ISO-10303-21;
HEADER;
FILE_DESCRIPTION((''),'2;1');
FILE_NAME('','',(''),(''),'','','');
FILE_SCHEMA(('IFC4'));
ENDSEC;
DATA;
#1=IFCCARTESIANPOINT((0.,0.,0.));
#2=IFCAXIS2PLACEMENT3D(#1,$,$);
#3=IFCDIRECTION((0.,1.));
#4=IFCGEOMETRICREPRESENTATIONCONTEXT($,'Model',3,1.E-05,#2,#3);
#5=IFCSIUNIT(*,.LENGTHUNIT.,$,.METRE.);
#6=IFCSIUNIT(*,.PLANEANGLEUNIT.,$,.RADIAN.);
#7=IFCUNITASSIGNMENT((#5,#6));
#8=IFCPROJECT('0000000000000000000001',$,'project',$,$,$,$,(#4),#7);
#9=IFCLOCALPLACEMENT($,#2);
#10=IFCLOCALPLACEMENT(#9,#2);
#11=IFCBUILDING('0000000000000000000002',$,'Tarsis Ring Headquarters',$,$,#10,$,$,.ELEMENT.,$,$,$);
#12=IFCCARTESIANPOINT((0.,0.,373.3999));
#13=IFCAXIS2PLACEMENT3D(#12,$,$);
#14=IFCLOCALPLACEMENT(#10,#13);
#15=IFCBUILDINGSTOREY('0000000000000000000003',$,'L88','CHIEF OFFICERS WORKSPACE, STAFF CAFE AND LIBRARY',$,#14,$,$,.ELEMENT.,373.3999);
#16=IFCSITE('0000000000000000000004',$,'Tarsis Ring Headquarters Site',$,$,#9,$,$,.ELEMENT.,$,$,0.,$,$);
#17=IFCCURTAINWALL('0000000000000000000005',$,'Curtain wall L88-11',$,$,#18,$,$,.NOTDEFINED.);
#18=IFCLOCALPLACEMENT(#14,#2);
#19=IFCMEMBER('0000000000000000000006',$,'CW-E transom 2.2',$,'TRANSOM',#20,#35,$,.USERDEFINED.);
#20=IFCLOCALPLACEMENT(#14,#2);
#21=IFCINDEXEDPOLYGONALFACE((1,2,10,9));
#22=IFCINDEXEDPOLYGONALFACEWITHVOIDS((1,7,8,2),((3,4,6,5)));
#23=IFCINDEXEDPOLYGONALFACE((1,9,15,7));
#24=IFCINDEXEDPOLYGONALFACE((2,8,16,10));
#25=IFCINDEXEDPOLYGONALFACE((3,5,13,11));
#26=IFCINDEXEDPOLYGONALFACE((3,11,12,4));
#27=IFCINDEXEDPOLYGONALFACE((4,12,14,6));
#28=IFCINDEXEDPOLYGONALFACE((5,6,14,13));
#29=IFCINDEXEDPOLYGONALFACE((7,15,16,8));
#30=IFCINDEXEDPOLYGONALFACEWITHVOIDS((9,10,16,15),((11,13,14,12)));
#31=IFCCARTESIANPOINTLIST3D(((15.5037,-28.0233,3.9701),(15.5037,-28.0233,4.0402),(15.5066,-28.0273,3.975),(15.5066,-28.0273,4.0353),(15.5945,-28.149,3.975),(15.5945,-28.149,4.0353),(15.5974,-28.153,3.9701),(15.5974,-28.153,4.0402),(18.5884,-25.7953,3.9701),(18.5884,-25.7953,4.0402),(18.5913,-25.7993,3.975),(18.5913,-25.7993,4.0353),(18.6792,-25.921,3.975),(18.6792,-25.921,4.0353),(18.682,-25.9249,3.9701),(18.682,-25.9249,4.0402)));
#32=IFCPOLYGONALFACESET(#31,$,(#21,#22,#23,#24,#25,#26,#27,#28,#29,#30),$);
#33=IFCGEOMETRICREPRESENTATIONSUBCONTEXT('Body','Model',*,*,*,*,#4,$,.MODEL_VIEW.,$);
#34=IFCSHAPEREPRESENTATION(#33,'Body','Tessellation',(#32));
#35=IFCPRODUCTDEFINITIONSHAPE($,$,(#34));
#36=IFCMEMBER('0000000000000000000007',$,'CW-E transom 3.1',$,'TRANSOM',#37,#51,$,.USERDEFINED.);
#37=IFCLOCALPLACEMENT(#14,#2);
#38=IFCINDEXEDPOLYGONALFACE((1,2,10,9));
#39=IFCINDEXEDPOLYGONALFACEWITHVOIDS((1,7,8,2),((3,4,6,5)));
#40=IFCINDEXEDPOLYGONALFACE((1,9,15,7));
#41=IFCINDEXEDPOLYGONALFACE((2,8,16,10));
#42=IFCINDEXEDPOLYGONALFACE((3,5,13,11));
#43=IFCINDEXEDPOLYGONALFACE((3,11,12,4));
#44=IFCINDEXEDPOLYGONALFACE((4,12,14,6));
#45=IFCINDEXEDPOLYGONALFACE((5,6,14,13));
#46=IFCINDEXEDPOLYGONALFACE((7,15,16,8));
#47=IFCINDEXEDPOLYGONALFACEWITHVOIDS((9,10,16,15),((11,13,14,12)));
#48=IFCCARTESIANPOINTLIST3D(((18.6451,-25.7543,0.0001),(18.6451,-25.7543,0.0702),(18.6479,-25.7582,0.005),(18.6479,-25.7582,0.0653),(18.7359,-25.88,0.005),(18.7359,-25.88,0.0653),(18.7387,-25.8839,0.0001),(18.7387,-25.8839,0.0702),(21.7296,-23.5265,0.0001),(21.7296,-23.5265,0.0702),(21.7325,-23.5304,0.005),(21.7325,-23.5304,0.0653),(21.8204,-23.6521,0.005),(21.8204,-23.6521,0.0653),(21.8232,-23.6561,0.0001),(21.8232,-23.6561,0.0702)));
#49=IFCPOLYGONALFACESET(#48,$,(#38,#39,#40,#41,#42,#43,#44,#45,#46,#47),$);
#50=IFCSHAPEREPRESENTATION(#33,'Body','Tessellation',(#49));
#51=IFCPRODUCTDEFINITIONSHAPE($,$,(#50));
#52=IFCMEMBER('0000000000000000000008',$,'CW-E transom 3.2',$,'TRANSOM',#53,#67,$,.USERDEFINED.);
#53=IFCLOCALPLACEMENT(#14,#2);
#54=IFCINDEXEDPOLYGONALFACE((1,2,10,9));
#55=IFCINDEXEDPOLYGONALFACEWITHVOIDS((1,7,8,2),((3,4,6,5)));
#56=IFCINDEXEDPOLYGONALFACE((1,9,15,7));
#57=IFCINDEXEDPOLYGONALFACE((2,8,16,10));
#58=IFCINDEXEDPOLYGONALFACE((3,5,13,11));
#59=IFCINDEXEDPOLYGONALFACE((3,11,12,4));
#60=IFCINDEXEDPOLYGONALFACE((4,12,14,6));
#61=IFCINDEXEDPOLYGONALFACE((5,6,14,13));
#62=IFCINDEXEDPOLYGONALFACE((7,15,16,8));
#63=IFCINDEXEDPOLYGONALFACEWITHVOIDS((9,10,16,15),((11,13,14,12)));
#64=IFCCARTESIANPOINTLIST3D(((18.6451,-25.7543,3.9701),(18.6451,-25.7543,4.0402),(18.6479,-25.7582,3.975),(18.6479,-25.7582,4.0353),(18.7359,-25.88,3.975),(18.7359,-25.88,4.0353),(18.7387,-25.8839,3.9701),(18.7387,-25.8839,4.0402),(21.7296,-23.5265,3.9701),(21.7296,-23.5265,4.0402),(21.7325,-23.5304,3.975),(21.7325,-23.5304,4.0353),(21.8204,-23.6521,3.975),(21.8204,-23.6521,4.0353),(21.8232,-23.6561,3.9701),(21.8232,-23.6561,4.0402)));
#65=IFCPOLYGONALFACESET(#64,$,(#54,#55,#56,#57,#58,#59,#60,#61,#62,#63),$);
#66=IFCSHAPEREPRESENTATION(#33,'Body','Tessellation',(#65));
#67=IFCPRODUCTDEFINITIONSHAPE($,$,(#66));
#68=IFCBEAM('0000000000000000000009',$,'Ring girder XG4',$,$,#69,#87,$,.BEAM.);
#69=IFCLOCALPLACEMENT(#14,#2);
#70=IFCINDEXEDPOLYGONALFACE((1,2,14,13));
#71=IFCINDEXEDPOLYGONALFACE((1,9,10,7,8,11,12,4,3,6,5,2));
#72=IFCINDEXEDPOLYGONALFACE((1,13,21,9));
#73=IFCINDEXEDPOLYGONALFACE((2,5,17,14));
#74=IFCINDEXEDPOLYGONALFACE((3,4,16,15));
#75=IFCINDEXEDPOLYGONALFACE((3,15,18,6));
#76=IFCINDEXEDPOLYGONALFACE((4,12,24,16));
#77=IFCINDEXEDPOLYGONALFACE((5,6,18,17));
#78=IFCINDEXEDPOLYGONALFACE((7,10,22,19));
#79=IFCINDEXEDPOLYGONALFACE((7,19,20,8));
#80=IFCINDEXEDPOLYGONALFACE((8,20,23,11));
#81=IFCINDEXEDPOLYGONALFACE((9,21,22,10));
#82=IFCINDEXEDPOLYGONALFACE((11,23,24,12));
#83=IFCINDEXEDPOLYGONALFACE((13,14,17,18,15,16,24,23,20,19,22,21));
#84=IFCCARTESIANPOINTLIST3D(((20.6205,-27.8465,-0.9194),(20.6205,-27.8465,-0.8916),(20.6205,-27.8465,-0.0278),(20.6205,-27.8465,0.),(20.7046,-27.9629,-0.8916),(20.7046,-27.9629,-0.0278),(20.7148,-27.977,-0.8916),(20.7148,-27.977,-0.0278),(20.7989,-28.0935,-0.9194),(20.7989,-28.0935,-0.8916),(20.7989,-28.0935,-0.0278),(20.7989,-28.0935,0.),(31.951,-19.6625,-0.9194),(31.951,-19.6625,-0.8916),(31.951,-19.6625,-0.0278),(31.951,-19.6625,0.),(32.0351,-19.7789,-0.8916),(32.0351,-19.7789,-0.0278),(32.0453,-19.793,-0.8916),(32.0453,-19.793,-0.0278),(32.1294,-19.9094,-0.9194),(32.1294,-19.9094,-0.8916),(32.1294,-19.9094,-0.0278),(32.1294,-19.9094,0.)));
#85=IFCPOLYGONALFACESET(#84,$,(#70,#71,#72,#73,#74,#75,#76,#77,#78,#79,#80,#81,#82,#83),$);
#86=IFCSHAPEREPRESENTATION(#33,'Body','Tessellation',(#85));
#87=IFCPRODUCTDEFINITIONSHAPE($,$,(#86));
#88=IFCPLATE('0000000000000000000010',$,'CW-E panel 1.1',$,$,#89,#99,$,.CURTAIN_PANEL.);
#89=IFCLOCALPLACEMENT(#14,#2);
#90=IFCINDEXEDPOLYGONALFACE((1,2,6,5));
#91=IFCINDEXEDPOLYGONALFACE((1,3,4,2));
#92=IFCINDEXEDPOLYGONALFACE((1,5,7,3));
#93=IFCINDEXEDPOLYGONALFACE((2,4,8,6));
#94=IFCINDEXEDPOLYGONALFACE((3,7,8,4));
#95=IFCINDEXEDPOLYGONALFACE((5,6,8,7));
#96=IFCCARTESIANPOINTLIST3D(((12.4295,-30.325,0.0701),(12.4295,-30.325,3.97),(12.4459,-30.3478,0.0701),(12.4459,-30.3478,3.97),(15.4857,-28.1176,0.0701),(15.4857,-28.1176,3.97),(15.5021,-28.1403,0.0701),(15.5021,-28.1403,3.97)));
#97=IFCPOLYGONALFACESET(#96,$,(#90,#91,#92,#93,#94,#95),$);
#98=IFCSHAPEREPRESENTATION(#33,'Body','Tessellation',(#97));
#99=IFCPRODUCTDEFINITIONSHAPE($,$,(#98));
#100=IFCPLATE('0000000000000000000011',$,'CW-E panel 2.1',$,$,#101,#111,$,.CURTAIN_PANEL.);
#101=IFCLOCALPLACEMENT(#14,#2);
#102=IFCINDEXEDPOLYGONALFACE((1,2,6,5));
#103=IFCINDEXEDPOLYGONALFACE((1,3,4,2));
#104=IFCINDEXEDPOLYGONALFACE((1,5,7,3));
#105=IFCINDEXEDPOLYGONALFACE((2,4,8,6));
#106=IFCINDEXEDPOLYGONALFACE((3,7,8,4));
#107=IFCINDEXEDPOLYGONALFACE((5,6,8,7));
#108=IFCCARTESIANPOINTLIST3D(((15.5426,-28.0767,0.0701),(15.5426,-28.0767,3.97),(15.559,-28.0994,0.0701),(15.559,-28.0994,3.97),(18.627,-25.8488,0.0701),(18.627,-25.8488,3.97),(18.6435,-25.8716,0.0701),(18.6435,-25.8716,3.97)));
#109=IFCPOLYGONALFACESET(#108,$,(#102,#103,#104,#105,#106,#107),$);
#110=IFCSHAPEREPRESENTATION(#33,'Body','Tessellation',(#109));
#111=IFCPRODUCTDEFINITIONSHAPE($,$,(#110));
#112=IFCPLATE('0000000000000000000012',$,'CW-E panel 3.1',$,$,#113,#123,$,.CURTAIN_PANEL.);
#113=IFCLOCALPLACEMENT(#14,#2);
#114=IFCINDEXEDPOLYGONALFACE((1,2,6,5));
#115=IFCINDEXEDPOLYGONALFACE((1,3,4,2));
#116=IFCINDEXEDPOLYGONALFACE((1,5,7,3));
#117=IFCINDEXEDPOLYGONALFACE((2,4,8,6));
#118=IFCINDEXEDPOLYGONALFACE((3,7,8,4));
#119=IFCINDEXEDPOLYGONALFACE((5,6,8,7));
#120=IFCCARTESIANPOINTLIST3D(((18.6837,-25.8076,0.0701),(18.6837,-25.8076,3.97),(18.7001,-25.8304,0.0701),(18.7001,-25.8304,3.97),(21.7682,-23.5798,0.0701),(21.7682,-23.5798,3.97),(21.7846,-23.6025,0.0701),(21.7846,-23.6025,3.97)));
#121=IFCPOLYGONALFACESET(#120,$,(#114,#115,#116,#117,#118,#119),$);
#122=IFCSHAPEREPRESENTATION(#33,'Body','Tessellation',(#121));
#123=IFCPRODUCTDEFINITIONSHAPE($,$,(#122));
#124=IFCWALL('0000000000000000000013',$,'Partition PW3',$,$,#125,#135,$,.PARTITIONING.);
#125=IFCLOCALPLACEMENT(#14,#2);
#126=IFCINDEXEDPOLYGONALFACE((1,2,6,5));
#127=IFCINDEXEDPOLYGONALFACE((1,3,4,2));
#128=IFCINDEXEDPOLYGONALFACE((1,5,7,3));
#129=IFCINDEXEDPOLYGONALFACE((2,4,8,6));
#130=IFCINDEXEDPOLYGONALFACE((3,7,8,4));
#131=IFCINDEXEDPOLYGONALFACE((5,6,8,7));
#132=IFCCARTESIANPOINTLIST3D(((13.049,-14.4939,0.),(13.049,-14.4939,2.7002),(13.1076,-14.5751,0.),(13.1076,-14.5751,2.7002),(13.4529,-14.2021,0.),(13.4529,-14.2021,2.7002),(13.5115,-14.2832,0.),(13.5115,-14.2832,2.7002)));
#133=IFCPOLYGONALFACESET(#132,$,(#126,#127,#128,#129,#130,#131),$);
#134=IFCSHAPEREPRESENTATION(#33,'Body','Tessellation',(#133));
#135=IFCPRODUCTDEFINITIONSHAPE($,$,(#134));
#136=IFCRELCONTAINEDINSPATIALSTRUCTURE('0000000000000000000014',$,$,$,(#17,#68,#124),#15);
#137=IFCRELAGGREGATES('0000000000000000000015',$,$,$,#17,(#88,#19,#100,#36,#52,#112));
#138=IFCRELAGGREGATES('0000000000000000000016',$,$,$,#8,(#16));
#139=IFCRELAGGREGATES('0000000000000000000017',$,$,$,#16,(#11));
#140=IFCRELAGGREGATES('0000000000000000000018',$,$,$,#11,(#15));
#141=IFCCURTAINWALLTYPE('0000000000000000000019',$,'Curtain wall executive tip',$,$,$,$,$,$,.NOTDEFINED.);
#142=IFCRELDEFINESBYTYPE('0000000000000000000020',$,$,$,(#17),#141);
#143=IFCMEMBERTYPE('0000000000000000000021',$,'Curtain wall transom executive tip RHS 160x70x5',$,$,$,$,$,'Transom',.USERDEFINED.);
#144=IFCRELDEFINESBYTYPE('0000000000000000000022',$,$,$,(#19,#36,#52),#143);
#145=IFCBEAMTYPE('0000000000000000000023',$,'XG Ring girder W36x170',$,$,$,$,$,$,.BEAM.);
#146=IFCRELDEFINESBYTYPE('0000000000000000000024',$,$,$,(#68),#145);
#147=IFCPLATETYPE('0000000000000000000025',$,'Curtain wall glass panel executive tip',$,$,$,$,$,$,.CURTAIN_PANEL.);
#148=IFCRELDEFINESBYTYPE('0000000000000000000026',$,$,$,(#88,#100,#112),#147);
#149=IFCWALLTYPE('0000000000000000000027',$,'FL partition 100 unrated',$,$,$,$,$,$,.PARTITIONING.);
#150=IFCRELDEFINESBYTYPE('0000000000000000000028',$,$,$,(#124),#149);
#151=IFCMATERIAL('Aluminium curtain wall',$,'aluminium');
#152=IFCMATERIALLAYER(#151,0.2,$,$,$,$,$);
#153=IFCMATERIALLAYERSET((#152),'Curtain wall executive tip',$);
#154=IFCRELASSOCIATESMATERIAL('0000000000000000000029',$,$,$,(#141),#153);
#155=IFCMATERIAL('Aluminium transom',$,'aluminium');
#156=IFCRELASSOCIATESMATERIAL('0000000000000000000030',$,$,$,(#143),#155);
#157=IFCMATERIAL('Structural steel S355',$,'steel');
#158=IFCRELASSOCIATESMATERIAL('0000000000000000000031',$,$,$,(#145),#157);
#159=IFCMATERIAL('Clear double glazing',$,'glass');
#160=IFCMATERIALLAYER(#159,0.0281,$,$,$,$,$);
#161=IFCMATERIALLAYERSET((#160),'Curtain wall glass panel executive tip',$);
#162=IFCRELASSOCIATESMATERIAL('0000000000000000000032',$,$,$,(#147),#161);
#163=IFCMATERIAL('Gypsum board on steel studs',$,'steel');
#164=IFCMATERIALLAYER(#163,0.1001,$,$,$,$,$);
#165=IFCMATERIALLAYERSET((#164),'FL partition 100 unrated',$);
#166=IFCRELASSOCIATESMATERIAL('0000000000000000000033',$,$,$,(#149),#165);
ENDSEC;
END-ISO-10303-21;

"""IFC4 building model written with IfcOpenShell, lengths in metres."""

from ifc_helpers import new_model, si_unit, direction, frame, frame_2d, origin, origin_2d, place, context, subcontext, project, spatial, rectangle, hollow_rectangle, i_section, extrude, material, layer, layer_set, material_profile, profile_set, type_object, element, aggregate, save


model = new_model("IFC4")

# Units and contexts
model_context = context("Model", 3, precision=1e-05, world=origin(), true_north=direction((0.0, 1.0)))
body_context = subcontext(model_context, "Body", "Model", "MODEL_VIEW")
ifc_project = project(units=[si_unit("LENGTHUNIT", "METRE"), si_unit("PLANEANGLEUNIT", "RADIAN")], contexts=[model_context])

# Site, building, storey
site_placement = place(None, origin())
site = spatial("IfcSite", under=ifc_project, at=site_placement, Name="Tarsis Ring Headquarters Site", CompositionType="ELEMENT", RefElevation=0.0)
building_placement = place(site_placement, origin())
building = spatial("IfcBuilding", under=site, at=building_placement, Name="Tarsis Ring Headquarters", CompositionType="ELEMENT")
storey_placement = place(building_placement, frame((0.0, 0.0, 373.3999)))
storey = spatial("IfcBuildingStorey", under=building, at=storey_placement, Name="L88", Description="CHIEF OFFICERS WORKSPACE, STAFF CAFE AND LIBRARY", CompositionType="ELEMENT", Elevation=373.3999)

# Shared definitions
ifc_material_1 = material(Name="Structural steel S355", Category="steel")

# Curtain wall, members
ifc_material_2 = material(Name="Aluminium curtain wall", Category="aluminium")
ifc_layer_1 = layer(ifc_material_2, 0.2)
ifc_layer_set_1 = layer_set([ifc_layer_1], Name="Curtain wall executive tip")
curtain_wall_type = type_object("IfcCurtainWallType", Name="Curtain wall executive tip", PredefinedType="NOTDEFINED", material=ifc_layer_set_1)
curtain_wall_placement = place(storey_placement, origin())
curtain_wall = element("IfcCurtainWall", 1, at=curtain_wall_placement, inside=storey, type_object=curtain_wall_type, Name="Curtain wall L88-11", PredefinedType="NOTDEFINED")
ifc_material_3 = material(Name="Aluminium transom", Category="aluminium")
ifc_material_profile_1 = material_profile(ifc_material_3, hollow_rectangle(XDim=0.1599, YDim=0.0701, WallThickness=0.0049, at=origin_2d()), Name="RHS 160x70x5")
ifc_profile_set_1 = profile_set([ifc_material_profile_1], Name="Aluminium transom")
member_type_1 = type_object("IfcMemberType", Name="Curtain wall transom executive tip RHS 160x70x5", ElementType="Transom", PredefinedType="USERDEFINED", material=ifc_profile_set_1)
member_1_placement = place(storey_placement, frame((15.5505, -28.0881, 4.0051), z_axis=(0.810657, 0.585521, 0.0), x_axis=(-0.585521, 0.810657, 0.0)))
member_1 = element("IfcMember", 2, at=member_1_placement, type_object=member_type_1, Name="CW-E transom 2.2", ObjectType="TRANSOM", PredefinedType="USERDEFINED", context=body_context, shape_type="SweptSolid", body=[
    extrude(hollow_rectangle(XDim=0.1599, YDim=0.0701, WallThickness=0.0049, at=origin_2d()), origin(), (0.0, 0.0, 1.0), 3.8052),
])
member_2_placement = place(storey_placement, frame((18.6919, -25.8191, 0.0352), z_axis=(0.810666, 0.585509, 0.0), x_axis=(-0.585509, 0.810666, 0.0)))
member_2 = element("IfcMember", 3, at=member_2_placement, type_object=member_type_1, Name="CW-E transom 3.1", ObjectType="TRANSOM", PredefinedType="USERDEFINED", context=body_context, shape_type="SweptSolid", body=[
    extrude(hollow_rectangle(XDim=0.1599, YDim=0.0701, WallThickness=0.0049, at=origin_2d()), origin(), (0.0, 0.0, 1.0), 3.8049),
])
member_3_placement = place(storey_placement, frame((18.6919, -25.8191, 4.0051), z_axis=(0.810666, 0.585509, 0.0), x_axis=(-0.585509, 0.810666, 0.0)))
member_3 = element("IfcMember", 4, at=member_3_placement, type_object=member_type_1, Name="CW-E transom 3.2", ObjectType="TRANSOM", PredefinedType="USERDEFINED", context=body_context, shape_type="SweptSolid", body=[
    extrude(hollow_rectangle(XDim=0.1599, YDim=0.0701, WallThickness=0.0049, at=origin_2d()), origin(), (0.0, 0.0, 1.0), 3.8049),
])

# Beam
ifc_material_profile_2 = material_profile(ifc_material_1, i_section(OverallWidth=0.3047, OverallDepth=0.9194, WebThickness=0.0173, FlangeThickness=0.0278, at=origin_2d()), Name="W36x170")
ifc_profile_set_2 = profile_set([ifc_material_profile_2], Name="Structural steel S355")
beam_type = type_object("IfcBeamType", Name="XG Ring girder W36x170", PredefinedType="BEAM", material=ifc_profile_set_2)
beam_placement = place(storey_placement, frame((20.7097, -27.97, -0.4597), z_axis=(0.810649, 0.585533, 0.0), x_axis=(-0.585533, 0.810649, 0.0)))
element("IfcBeam", 5, at=beam_placement, inside=storey, type_object=beam_type, Name="Ring girder XG4", PredefinedType="BEAM", context=body_context, shape_type="SweptSolid", body=[
    extrude(i_section(OverallWidth=0.3047, OverallDepth=0.9194, WebThickness=0.0173, FlangeThickness=0.0278, at=origin_2d()), origin(), (0.0, 0.0, 1.0), 13.9771),
])

# Plates
ifc_material_4 = material(Name="Clear double glazing", Category="glass")
ifc_layer_2 = layer(ifc_material_4, 0.0281)
ifc_layer_set_2 = layer_set([ifc_layer_2], Name="Curtain wall glass panel executive tip")
plate_type = type_object("IfcPlateType", Name="Curtain wall glass panel executive tip", PredefinedType="CURTAIN_PANEL", material=ifc_layer_set_2)
plate_1_placement = place(storey_placement, frame((13.9658, -29.2327, 0.0701), z_axis=(0.0, 0.0, 1.0), x_axis=(0.810655, 0.585524, 0.0)))
plate_1 = element("IfcPlate", 6, at=plate_1_placement, type_object=plate_type, Name="CW-E panel 1.1", PredefinedType="CURTAIN_PANEL", context=body_context, shape_type="SweptSolid", body=[
    extrude(rectangle(XDim=3.77, YDim=0.0281, at=origin_2d()), origin(), (0.0, 0.0, 1.0), 3.8999),
])
plate_2_placement = place(storey_placement, frame((17.093, -26.9741, 0.0701), z_axis=(0.0, 0.0, 1.0), x_axis=(0.810655, 0.585524, 0.0)))
plate_2 = element("IfcPlate", 7, at=plate_2_placement, type_object=plate_type, Name="CW-E panel 2.1", PredefinedType="CURTAIN_PANEL", context=body_context, shape_type="SweptSolid", body=[
    extrude(rectangle(XDim=3.8049, YDim=0.0281, at=origin_2d()), origin(), (0.0, 0.0, 1.0), 3.8999),
])
plate_3_placement = place(storey_placement, frame((20.2341, -24.7051, 0.0701), z_axis=(0.0, 0.0, 1.0), x_axis=(0.810655, 0.585524, 0.0)))
plate_3 = element("IfcPlate", 8, at=plate_3_placement, type_object=plate_type, Name="CW-E panel 3.1", PredefinedType="CURTAIN_PANEL", context=body_context, shape_type="SweptSolid", body=[
    extrude(rectangle(XDim=3.8049, YDim=0.0281, at=origin_2d()), origin(), (0.0, 0.0, 1.0), 3.8999),
])
aggregate(curtain_wall, [plate_1, member_1, plate_2, member_2, member_3, plate_3])

# Wall
ifc_material_5 = material(Name="Gypsum board on steel studs", Category="steel")
ifc_layer_3 = layer(ifc_material_5, 0.1001)
ifc_layer_set_3 = layer_set([ifc_layer_3], Name="FL partition 100 unrated")
wall_type_1 = type_object("IfcWallType", Name="FL partition 100 unrated", PredefinedType="PARTITIONING", material=ifc_layer_set_3)
wall_1_placement = place(storey_placement, frame((13.0784, -14.5344, 0.0), z_axis=(0.0, 0.0, 1.0), x_axis=(0.810576, 0.585634, 0.0)))
element("IfcWall", 9, at=wall_1_placement, inside=storey, type_object=wall_type_1, Name="Partition PW3", PredefinedType="PARTITIONING", context=body_context, shape_type="SweptSolid", body=[
    extrude(rectangle(XDim=0.4983, YDim=0.1001, at=frame_2d((0.249, 0.0))), origin(), (0.0, 0.0, 1.0), 2.7002),
])

save(model, "model.ifc")
